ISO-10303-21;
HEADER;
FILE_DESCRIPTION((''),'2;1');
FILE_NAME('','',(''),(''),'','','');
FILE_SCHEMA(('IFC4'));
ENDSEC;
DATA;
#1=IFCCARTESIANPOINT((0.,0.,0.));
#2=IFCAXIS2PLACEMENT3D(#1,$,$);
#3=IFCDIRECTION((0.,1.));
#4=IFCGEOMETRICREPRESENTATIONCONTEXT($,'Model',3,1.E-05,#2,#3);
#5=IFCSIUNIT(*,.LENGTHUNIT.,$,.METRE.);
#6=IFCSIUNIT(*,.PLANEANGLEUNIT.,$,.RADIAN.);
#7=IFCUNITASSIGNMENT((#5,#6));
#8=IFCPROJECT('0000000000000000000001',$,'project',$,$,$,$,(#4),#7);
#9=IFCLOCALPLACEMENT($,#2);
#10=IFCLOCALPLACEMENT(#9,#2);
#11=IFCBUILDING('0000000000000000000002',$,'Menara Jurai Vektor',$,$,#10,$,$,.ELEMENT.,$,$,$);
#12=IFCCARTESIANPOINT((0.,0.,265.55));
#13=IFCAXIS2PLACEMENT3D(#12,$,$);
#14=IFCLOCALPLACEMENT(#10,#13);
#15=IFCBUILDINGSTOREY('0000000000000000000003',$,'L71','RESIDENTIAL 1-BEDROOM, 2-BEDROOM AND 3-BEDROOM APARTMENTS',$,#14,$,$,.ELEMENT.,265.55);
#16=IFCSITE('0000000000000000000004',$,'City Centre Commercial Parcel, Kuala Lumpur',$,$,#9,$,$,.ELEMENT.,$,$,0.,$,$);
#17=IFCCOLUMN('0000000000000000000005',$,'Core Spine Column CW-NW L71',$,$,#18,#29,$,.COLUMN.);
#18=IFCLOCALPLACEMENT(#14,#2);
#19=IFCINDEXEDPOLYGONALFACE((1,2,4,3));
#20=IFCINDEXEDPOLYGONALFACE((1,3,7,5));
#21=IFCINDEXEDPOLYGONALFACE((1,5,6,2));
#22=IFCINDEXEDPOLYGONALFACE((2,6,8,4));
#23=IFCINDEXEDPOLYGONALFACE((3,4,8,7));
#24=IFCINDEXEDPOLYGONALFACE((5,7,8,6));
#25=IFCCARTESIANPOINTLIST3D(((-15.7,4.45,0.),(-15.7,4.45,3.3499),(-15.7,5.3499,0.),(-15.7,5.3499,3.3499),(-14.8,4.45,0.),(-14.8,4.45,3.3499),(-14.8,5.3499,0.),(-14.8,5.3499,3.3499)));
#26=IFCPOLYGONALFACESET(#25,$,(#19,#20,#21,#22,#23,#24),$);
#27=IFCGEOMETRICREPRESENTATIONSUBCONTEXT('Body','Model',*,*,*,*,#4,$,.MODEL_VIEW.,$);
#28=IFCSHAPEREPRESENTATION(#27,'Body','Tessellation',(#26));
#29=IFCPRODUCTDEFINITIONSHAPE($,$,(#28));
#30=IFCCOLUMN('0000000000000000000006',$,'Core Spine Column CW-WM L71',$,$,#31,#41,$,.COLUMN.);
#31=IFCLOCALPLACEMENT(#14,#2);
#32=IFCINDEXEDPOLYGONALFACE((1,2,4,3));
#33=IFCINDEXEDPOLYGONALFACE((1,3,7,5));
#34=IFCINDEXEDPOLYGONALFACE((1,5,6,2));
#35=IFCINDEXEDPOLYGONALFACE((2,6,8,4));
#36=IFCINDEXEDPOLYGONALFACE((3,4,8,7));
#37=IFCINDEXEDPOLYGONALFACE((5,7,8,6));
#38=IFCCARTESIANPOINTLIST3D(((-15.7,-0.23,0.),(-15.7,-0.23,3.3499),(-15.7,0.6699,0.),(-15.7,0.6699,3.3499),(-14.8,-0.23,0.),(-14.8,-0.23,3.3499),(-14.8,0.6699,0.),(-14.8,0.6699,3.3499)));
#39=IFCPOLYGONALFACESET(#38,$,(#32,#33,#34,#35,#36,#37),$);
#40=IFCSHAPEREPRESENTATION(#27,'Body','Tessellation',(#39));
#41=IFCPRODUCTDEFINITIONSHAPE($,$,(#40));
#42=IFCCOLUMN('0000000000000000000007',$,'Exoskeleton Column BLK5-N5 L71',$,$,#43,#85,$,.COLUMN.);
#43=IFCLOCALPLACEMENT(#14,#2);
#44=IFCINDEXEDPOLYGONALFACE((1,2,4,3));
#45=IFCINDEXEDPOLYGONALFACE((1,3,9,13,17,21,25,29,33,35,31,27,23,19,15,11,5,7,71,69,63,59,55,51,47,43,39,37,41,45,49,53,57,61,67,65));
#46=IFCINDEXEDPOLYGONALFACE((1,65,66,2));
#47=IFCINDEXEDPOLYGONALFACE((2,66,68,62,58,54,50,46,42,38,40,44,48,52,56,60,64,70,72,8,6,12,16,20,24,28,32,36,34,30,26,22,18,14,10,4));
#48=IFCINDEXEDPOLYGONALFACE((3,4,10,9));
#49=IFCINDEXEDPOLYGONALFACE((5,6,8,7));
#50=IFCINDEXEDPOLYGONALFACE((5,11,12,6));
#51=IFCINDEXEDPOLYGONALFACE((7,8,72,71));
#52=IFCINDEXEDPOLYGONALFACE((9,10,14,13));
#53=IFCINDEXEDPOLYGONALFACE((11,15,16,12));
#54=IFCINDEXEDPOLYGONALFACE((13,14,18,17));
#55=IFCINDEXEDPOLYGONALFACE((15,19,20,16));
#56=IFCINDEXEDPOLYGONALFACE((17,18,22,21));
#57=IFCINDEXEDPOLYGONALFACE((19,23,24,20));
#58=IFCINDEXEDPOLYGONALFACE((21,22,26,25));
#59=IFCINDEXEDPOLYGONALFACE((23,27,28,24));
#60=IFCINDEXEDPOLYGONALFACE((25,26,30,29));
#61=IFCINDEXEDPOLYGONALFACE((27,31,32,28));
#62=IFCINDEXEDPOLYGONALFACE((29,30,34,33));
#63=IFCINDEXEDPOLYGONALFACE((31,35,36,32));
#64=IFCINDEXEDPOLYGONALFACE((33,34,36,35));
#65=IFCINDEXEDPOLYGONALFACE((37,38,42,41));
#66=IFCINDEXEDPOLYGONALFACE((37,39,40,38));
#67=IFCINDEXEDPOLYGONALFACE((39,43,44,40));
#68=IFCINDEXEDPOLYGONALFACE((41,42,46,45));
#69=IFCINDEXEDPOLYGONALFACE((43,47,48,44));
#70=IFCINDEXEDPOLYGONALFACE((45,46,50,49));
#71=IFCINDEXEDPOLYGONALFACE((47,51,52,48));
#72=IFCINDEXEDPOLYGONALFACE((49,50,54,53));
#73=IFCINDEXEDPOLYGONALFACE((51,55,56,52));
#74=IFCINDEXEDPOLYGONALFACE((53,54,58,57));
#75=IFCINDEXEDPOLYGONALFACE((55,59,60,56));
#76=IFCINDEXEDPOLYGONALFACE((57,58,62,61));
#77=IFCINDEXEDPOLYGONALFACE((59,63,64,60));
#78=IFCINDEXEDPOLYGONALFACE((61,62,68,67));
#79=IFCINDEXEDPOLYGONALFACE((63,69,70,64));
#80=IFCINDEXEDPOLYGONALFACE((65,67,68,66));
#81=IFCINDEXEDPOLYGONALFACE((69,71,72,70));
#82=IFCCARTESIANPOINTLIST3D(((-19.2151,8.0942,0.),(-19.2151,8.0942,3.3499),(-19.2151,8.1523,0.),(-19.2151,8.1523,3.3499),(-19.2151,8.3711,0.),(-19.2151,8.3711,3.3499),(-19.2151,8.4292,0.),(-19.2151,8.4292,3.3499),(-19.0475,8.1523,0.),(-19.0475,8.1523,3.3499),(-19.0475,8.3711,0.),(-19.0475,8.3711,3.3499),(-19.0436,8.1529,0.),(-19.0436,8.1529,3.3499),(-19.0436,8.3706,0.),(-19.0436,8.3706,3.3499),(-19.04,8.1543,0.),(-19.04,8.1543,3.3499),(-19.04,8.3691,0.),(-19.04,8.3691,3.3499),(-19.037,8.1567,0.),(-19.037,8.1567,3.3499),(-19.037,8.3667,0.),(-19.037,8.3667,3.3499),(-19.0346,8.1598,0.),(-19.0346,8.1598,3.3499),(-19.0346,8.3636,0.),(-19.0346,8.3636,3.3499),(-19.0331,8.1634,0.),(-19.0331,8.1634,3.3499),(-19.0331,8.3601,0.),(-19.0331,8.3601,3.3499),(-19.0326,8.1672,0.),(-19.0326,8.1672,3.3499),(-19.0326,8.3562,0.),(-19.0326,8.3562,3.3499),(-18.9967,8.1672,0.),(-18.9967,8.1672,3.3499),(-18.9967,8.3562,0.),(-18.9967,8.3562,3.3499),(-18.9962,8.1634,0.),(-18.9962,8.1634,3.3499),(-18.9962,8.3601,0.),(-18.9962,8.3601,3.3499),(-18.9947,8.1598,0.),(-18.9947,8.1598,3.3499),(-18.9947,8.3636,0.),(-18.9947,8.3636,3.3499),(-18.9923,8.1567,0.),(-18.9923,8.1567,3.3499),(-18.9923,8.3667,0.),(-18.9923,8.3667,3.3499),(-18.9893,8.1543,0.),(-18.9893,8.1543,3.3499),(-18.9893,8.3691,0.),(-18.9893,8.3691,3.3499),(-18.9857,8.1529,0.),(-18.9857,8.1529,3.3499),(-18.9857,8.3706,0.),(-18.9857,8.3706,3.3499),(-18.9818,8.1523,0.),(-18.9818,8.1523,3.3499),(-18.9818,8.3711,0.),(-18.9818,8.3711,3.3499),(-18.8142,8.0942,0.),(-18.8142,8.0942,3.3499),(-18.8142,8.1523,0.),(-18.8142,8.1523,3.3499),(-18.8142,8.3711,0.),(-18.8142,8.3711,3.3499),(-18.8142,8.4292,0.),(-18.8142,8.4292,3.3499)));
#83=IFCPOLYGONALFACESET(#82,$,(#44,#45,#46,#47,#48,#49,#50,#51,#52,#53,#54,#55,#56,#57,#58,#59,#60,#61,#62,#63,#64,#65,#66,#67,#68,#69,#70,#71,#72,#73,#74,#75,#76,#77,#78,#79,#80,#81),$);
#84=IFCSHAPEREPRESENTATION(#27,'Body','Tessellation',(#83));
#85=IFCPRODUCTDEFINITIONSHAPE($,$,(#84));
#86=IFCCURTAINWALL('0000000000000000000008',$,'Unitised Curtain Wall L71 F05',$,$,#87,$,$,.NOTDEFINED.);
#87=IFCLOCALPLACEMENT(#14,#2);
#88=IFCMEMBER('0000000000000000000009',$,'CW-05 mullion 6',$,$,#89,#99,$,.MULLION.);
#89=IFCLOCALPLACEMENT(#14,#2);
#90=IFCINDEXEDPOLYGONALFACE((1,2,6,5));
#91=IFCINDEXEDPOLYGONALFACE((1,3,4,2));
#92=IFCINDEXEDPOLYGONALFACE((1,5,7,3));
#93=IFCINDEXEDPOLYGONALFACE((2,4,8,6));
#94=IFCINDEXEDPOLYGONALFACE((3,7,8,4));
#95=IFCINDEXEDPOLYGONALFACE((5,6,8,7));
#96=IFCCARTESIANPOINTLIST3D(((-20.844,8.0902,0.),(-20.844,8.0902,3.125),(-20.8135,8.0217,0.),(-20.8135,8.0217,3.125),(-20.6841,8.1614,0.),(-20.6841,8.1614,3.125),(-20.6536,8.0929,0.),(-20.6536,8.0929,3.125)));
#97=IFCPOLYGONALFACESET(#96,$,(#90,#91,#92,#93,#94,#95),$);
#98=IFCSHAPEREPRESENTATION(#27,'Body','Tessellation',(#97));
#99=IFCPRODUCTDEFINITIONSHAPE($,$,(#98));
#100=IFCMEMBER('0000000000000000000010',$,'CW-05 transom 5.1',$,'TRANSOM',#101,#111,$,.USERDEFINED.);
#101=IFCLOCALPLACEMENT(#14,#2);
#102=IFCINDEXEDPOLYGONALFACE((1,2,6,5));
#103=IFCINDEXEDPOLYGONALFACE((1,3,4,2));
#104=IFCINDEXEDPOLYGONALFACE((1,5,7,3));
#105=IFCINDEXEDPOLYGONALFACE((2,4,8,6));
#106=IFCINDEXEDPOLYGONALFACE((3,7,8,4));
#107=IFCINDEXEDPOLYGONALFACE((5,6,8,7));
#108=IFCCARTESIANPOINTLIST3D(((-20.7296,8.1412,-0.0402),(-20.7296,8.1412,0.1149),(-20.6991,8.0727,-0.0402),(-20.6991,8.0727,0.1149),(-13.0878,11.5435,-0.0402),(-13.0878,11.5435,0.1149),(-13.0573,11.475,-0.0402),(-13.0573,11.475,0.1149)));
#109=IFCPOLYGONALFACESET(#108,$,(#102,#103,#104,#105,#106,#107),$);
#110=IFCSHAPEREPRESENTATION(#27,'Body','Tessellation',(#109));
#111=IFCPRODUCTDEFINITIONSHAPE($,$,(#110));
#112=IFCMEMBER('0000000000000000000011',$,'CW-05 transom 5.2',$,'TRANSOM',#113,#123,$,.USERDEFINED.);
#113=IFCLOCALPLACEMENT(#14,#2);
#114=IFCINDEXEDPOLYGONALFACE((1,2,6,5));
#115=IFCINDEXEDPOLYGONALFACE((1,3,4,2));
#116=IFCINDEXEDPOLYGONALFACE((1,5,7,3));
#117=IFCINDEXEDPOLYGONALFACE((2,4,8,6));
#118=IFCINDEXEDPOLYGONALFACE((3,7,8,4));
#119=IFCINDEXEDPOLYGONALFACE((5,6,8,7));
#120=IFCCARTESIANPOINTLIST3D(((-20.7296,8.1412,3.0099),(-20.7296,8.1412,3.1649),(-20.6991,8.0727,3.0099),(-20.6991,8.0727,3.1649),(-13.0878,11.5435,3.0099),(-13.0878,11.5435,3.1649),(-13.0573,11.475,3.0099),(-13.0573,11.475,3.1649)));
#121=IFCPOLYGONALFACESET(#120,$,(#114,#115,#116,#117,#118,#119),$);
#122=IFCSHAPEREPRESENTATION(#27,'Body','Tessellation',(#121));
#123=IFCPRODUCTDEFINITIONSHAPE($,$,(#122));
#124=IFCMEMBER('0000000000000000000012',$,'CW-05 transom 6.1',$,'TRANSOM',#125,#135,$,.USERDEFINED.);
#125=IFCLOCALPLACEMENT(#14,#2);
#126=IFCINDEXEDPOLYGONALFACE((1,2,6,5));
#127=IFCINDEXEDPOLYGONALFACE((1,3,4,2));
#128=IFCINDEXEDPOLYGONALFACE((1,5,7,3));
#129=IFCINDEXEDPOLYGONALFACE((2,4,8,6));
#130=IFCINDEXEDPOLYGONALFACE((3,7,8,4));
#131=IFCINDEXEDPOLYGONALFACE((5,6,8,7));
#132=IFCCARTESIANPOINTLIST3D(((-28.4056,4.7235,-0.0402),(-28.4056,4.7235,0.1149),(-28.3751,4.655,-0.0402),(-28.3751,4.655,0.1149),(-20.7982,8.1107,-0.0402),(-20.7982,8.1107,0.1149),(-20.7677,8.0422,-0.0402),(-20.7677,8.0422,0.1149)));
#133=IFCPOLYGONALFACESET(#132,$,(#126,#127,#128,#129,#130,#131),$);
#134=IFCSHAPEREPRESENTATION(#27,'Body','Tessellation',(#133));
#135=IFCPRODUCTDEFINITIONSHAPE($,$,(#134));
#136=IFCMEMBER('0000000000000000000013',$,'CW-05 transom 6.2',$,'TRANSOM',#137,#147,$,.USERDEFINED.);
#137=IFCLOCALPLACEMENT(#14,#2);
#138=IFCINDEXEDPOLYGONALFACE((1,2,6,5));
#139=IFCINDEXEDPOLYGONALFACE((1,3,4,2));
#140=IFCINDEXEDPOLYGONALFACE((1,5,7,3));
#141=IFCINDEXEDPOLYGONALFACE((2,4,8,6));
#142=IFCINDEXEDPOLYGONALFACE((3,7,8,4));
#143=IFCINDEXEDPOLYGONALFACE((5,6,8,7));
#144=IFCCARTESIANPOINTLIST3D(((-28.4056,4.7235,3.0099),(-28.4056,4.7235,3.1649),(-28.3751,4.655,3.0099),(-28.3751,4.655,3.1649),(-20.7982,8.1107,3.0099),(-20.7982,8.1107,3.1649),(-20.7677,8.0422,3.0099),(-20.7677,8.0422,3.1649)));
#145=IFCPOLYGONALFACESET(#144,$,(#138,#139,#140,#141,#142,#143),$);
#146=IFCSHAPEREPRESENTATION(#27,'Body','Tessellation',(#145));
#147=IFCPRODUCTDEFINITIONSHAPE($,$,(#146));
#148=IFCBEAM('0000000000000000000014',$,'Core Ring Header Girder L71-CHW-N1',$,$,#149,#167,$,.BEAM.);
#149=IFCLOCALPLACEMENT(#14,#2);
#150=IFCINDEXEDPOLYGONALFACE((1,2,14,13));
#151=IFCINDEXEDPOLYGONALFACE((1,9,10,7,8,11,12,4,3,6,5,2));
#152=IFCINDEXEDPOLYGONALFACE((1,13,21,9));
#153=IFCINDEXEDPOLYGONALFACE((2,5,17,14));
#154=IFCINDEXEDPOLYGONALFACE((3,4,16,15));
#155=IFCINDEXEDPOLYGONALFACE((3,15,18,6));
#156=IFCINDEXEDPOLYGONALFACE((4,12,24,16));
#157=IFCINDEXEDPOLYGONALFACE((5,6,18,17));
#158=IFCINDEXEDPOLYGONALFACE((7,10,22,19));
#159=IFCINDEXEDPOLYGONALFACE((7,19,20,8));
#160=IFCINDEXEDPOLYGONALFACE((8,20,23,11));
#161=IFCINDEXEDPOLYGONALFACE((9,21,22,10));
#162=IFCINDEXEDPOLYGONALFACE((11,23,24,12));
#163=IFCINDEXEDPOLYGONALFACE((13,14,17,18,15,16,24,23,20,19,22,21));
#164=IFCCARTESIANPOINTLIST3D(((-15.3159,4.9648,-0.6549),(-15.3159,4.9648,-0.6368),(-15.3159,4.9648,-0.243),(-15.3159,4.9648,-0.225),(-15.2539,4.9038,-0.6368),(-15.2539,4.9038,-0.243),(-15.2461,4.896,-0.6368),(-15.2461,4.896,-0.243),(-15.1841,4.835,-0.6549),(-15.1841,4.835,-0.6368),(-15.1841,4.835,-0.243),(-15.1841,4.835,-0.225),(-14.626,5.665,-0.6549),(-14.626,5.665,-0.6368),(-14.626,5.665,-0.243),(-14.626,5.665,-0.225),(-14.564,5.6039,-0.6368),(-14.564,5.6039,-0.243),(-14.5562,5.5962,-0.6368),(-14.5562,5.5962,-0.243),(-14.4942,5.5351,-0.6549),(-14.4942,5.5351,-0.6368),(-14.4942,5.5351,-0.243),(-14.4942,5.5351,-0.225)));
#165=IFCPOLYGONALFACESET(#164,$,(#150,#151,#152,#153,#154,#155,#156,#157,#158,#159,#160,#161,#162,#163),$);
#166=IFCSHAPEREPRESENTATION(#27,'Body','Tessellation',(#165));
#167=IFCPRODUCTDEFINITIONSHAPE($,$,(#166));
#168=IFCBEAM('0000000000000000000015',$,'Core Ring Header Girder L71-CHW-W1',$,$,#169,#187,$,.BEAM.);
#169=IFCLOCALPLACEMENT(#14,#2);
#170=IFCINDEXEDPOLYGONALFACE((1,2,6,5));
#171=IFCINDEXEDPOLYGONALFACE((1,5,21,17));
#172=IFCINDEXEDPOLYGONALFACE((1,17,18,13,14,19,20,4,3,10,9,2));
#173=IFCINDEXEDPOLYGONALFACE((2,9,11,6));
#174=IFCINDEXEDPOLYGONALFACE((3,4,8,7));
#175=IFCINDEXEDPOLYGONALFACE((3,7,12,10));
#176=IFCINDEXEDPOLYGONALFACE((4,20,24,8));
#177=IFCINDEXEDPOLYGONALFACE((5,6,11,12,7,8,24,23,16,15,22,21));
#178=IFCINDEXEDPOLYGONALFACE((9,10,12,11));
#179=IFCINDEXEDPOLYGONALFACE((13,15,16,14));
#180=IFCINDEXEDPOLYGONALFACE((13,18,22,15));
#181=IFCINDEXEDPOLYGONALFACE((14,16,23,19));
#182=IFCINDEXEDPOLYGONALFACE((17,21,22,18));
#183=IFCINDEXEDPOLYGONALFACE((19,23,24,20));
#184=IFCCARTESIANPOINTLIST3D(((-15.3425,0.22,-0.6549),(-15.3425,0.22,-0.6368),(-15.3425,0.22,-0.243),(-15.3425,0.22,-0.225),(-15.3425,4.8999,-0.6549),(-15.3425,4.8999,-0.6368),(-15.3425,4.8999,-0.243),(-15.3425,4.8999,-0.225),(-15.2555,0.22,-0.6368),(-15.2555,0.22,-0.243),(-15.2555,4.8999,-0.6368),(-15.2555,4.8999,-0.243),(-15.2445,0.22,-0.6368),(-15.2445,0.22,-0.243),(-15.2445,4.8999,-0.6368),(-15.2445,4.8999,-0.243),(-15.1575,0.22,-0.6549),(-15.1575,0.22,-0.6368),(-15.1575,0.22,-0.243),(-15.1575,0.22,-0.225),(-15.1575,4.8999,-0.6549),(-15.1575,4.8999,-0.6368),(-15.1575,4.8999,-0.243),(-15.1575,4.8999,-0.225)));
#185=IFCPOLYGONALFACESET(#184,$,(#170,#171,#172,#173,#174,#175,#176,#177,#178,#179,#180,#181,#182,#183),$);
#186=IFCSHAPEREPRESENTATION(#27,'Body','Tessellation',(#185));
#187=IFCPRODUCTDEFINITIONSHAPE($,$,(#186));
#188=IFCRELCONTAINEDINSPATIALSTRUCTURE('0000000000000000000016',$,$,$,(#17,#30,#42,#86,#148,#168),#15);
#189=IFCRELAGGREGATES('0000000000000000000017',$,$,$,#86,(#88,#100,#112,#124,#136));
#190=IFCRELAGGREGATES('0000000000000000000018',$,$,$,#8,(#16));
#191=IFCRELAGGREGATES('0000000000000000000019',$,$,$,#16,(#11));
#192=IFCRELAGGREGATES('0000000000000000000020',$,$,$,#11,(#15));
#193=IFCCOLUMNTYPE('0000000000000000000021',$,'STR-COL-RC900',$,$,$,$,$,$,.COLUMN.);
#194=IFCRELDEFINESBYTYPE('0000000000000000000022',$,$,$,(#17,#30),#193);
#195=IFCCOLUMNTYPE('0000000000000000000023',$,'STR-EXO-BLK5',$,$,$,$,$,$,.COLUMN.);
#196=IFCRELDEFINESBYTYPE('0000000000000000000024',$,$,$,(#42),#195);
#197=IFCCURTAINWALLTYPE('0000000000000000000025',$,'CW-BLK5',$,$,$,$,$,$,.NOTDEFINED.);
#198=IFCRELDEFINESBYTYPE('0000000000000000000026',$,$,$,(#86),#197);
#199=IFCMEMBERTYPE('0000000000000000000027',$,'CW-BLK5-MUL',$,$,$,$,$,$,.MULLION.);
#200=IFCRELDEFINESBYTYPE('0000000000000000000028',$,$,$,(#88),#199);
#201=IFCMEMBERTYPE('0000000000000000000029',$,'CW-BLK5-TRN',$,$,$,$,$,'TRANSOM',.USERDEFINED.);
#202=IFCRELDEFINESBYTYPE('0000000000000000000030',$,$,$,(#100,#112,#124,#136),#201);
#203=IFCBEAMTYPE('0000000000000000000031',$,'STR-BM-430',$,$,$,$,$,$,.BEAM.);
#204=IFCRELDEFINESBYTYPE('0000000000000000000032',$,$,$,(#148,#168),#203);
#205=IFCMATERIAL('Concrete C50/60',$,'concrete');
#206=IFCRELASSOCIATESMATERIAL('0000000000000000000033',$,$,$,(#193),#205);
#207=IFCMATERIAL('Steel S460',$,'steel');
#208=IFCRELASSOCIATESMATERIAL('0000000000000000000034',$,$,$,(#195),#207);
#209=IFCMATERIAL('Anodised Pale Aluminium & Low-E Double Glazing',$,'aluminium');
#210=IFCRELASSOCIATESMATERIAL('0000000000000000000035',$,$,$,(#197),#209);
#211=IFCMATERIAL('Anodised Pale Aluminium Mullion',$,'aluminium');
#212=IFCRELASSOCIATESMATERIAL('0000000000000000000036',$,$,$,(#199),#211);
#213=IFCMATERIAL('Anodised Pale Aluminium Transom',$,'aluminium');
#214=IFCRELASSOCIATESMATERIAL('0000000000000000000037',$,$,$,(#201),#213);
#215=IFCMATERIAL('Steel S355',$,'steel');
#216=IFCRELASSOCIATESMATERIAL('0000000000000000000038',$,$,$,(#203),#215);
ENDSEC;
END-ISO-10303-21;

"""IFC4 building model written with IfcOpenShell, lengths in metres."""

from ifc_helpers import new_model, si_unit, direction, frame, origin, origin_2d, place, context, subcontext, project, spatial, rectangle, i_section, extrude, material, material_profile, profile_set, type_object, element, aggregate, save


model = new_model("IFC4")

# Units and contexts
model_context = context("Model", 3, precision=1e-05, world=origin(), true_north=direction((0.0, 1.0)))
body_context = subcontext(model_context, "Body", "Model", "MODEL_VIEW")
ifc_project = project(units=[si_unit("LENGTHUNIT", "METRE"), si_unit("PLANEANGLEUNIT", "RADIAN")], contexts=[model_context])

# Site, building, storey
site_placement = place(None, origin())
site = spatial("IfcSite", under=ifc_project, at=site_placement, Name="City Centre Commercial Parcel, Kuala Lumpur", CompositionType="ELEMENT", RefElevation=0.0)
building_placement = place(site_placement, origin())
building = spatial("IfcBuilding", under=site, at=building_placement, Name="Menara Jurai Vektor", CompositionType="ELEMENT")
storey_placement = place(building_placement, frame((0.0, 0.0, 265.55)))
storey = spatial("IfcBuildingStorey", under=building, at=storey_placement, Name="L71", Description="RESIDENTIAL 1-BEDROOM, 2-BEDROOM AND 3-BEDROOM APARTMENTS", CompositionType="ELEMENT", Elevation=265.55)

# Columns
ifc_material_1 = material(Name="Concrete C50/60", Category="concrete")
ifc_material_profile_1 = material_profile(ifc_material_1, rectangle(XDim=0.8999, YDim=0.8999, at=origin_2d()), Name="RC 900x900")
ifc_profile_set_1 = profile_set([ifc_material_profile_1], Name="Concrete C50/60")
column_type_1 = type_object("IfcColumnType", Name="STR-COL-RC900", PredefinedType="COLUMN", material=ifc_profile_set_1)
for number, where, z_axis, x_axis, name in (
    (1, (-15.25, 4.8999, 0.0), (0.0, 0.0, 1.0), (1.0, 0.0, 0.0), "Core Spine Column CW-NW L71"),
    (2, (-15.25, 0.22, 0.0), (0.0, 0.0, 1.0), (1.0, 0.0, 0.0), "Core Spine Column CW-WM L71"),
):
    element("IfcColumn", number, at=place(storey_placement, frame(where, z_axis=z_axis, x_axis=x_axis)), inside=storey, type_object=column_type_1, Name=name, PredefinedType="COLUMN", context=body_context, shape_type="SweptSolid", body=[
        extrude(rectangle(XDim=0.8999, YDim=0.8999, at=origin_2d()), origin(), (0.0, 0.0, 1.0), 3.3499),
    ])
ifc_material_2 = material(Name="Steel S460", Category="steel")
ifc_material_profile_2 = material_profile(ifc_material_2, i_section(OverallWidth=0.4009, OverallDepth=0.335, WebThickness=0.0359, FlangeThickness=0.0581, FilletRadius=0.0149, at=origin_2d()), Name="HD 400x463")
ifc_profile_set_2 = profile_set([ifc_material_profile_2], Name="Steel S460")
column_type_2 = type_object("IfcColumnType", Name="STR-EXO-BLK5", PredefinedType="COLUMN", material=ifc_profile_set_2)
column_placement = place(storey_placement, frame((-19.0146, 8.2617, 0.0), z_axis=(0.0, 0.0, 1.0), x_axis=(1.0, 0.0, 0.0)))
element("IfcColumn", 3, at=column_placement, inside=storey, type_object=column_type_2, Name="Exoskeleton Column BLK5-N5 L71", PredefinedType="COLUMN", context=body_context, shape_type="SweptSolid", body=[
    extrude(i_section(OverallWidth=0.4009, OverallDepth=0.335, WebThickness=0.0359, FlangeThickness=0.0581, FilletRadius=0.0149, at=origin_2d()), origin(), (0.0, 0.0, 1.0), 3.3499),
])

# Curtain wall, members
ifc_material_3 = material(Name="Anodised Pale Aluminium & Low-E Double Glazing", Category="aluminium")
curtain_wall_type = type_object("IfcCurtainWallType", Name="CW-BLK5", PredefinedType="NOTDEFINED", material=ifc_material_3)
curtain_wall_placement = place(storey_placement, origin())
curtain_wall = element("IfcCurtainWall", 4, at=curtain_wall_placement, inside=storey, type_object=curtain_wall_type, Name="Unitised Curtain Wall L71 F05", PredefinedType="NOTDEFINED")
ifc_material_4 = material(Name="Anodised Pale Aluminium Mullion", Category="aluminium")
ifc_material_profile_3 = material_profile(ifc_material_4, rectangle(XDim=0.075, YDim=0.175, at=origin_2d()), Name="ALU MUL 75x175")
ifc_profile_set_3 = profile_set([ifc_material_profile_3], Name="Anodised Pale Aluminium Mullion")
member_type_1 = type_object("IfcMemberType", Name="CW-BLK5-MUL", PredefinedType="MULLION", material=ifc_profile_set_3)
member_1_placement = place(storey_placement, frame((-20.7488, 8.0916, 0.0), z_axis=(0.0, 0.0, 1.0), x_axis=(0.406735, -0.913546, 0.0)))
member_1 = element("IfcMember", 5, at=member_1_placement, type_object=member_type_1, Name="CW-05 mullion 6", PredefinedType="MULLION", context=body_context, shape_type="SweptSolid", body=[
    extrude(rectangle(XDim=0.075, YDim=0.175, at=origin_2d()), origin(), (0.0, 0.0, 1.0), 3.125),
])
ifc_material_5 = material(Name="Anodised Pale Aluminium Transom", Category="aluminium")
ifc_material_profile_4 = material_profile(ifc_material_5, rectangle(XDim=0.075, YDim=0.155, at=origin_2d()), Name="ALU TRN 75x155")
ifc_profile_set_4 = profile_set([ifc_material_profile_4], Name="Anodised Pale Aluminium Transom")
member_type_2 = type_object("IfcMemberType", Name="CW-BLK5-TRN", ElementType="TRANSOM", PredefinedType="USERDEFINED", material=ifc_profile_set_4)
member_2_placement = place(storey_placement, frame((-13.0725, 11.5093, 0.0374), z_axis=(-0.913547, -0.406734, 0.0), x_axis=(0.406734, -0.913547, 0.0)))
member_2 = element("IfcMember", 6, at=member_2_placement, type_object=member_type_2, Name="CW-05 transom 5.1", ObjectType="TRANSOM", PredefinedType="USERDEFINED", context=body_context, shape_type="SweptSolid", body=[
    extrude(rectangle(XDim=0.075, YDim=0.155, at=origin_2d()), origin(), (0.0, 0.0, 1.0), 8.365),
])
member_3_placement = place(storey_placement, frame((-13.0725, 11.5093, 3.0874), z_axis=(-0.913547, -0.406734, 0.0), x_axis=(0.406734, -0.913547, 0.0)))
member_3 = element("IfcMember", 7, at=member_3_placement, type_object=member_type_2, Name="CW-05 transom 5.2", ObjectType="TRANSOM", PredefinedType="USERDEFINED", context=body_context, shape_type="SweptSolid", body=[
    extrude(rectangle(XDim=0.075, YDim=0.155, at=origin_2d()), origin(), (0.0, 0.0, 1.0), 8.365),
])
member_4_placement = place(storey_placement, frame((-20.783, 8.0764, 0.0374), z_axis=(-0.913538, -0.406753, 0.0), x_axis=(0.406753, -0.913538, 0.0)))
member_4 = element("IfcMember", 8, at=member_4_placement, type_object=member_type_2, Name="CW-05 transom 6.1", ObjectType="TRANSOM", PredefinedType="USERDEFINED", context=body_context, shape_type="SweptSolid", body=[
    extrude(rectangle(XDim=0.075, YDim=0.155, at=origin_2d()), origin(), (0.0, 0.0, 1.0), 8.3274),
])
member_5_placement = place(storey_placement, frame((-20.783, 8.0764, 3.0874), z_axis=(-0.913538, -0.406753, 0.0), x_axis=(0.406753, -0.913538, 0.0)))
member_5 = element("IfcMember", 9, at=member_5_placement, type_object=member_type_2, Name="CW-05 transom 6.2", ObjectType="TRANSOM", PredefinedType="USERDEFINED", context=body_context, shape_type="SweptSolid", body=[
    extrude(rectangle(XDim=0.075, YDim=0.155, at=origin_2d()), origin(), (0.0, 0.0, 1.0), 8.3274),
])

# Beams
ifc_material_6 = material(Name="Steel S355", Category="steel")
ifc_material_profile_5 = material_profile(ifc_material_6, i_section(OverallWidth=0.1851, OverallDepth=0.4299, WebThickness=0.011, FlangeThickness=0.0181, at=origin_2d()), Name="PG 430x185x76")
ifc_profile_set_5 = profile_set([ifc_material_profile_5], Name="Steel S355")
beam_type_1 = type_object("IfcBeamType", Name="STR-BM-430", PredefinedType="BEAM", material=ifc_profile_set_5)
beam_1_placement = place(storey_placement, frame((-15.25, 4.8999, -0.4399), z_axis=(0.701872, 0.712303, 0.0), x_axis=(-0.712303, 0.701872, 0.0)))
element("IfcBeam", 10, at=beam_1_placement, inside=storey, type_object=beam_type_1, Name="Core Ring Header Girder L71-CHW-N1", PredefinedType="BEAM", context=body_context, shape_type="SweptSolid", body=[
    extrude(i_section(OverallWidth=0.1851, OverallDepth=0.4299, WebThickness=0.011, FlangeThickness=0.0181, at=origin_2d()), origin(), (0.0, 0.0, 1.0), 0.9829),
])
beam_2_placement = place(storey_placement, frame((-15.25, 0.22, -0.4399), z_axis=(0.0, 1.0, 0.0), x_axis=(-1.0, 0.0, 0.0)))
element("IfcBeam", 11, at=beam_2_placement, inside=storey, type_object=beam_type_1, Name="Core Ring Header Girder L71-CHW-W1", PredefinedType="BEAM", context=body_context, shape_type="SweptSolid", body=[
    extrude(i_section(OverallWidth=0.1851, OverallDepth=0.4299, WebThickness=0.011, FlangeThickness=0.0181, at=origin_2d()), origin(), (0.0, 0.0, 1.0), 4.6799),
])

aggregate(curtain_wall, [member_1, member_2, member_3, member_4, member_5])

save(model, "model.ifc")
